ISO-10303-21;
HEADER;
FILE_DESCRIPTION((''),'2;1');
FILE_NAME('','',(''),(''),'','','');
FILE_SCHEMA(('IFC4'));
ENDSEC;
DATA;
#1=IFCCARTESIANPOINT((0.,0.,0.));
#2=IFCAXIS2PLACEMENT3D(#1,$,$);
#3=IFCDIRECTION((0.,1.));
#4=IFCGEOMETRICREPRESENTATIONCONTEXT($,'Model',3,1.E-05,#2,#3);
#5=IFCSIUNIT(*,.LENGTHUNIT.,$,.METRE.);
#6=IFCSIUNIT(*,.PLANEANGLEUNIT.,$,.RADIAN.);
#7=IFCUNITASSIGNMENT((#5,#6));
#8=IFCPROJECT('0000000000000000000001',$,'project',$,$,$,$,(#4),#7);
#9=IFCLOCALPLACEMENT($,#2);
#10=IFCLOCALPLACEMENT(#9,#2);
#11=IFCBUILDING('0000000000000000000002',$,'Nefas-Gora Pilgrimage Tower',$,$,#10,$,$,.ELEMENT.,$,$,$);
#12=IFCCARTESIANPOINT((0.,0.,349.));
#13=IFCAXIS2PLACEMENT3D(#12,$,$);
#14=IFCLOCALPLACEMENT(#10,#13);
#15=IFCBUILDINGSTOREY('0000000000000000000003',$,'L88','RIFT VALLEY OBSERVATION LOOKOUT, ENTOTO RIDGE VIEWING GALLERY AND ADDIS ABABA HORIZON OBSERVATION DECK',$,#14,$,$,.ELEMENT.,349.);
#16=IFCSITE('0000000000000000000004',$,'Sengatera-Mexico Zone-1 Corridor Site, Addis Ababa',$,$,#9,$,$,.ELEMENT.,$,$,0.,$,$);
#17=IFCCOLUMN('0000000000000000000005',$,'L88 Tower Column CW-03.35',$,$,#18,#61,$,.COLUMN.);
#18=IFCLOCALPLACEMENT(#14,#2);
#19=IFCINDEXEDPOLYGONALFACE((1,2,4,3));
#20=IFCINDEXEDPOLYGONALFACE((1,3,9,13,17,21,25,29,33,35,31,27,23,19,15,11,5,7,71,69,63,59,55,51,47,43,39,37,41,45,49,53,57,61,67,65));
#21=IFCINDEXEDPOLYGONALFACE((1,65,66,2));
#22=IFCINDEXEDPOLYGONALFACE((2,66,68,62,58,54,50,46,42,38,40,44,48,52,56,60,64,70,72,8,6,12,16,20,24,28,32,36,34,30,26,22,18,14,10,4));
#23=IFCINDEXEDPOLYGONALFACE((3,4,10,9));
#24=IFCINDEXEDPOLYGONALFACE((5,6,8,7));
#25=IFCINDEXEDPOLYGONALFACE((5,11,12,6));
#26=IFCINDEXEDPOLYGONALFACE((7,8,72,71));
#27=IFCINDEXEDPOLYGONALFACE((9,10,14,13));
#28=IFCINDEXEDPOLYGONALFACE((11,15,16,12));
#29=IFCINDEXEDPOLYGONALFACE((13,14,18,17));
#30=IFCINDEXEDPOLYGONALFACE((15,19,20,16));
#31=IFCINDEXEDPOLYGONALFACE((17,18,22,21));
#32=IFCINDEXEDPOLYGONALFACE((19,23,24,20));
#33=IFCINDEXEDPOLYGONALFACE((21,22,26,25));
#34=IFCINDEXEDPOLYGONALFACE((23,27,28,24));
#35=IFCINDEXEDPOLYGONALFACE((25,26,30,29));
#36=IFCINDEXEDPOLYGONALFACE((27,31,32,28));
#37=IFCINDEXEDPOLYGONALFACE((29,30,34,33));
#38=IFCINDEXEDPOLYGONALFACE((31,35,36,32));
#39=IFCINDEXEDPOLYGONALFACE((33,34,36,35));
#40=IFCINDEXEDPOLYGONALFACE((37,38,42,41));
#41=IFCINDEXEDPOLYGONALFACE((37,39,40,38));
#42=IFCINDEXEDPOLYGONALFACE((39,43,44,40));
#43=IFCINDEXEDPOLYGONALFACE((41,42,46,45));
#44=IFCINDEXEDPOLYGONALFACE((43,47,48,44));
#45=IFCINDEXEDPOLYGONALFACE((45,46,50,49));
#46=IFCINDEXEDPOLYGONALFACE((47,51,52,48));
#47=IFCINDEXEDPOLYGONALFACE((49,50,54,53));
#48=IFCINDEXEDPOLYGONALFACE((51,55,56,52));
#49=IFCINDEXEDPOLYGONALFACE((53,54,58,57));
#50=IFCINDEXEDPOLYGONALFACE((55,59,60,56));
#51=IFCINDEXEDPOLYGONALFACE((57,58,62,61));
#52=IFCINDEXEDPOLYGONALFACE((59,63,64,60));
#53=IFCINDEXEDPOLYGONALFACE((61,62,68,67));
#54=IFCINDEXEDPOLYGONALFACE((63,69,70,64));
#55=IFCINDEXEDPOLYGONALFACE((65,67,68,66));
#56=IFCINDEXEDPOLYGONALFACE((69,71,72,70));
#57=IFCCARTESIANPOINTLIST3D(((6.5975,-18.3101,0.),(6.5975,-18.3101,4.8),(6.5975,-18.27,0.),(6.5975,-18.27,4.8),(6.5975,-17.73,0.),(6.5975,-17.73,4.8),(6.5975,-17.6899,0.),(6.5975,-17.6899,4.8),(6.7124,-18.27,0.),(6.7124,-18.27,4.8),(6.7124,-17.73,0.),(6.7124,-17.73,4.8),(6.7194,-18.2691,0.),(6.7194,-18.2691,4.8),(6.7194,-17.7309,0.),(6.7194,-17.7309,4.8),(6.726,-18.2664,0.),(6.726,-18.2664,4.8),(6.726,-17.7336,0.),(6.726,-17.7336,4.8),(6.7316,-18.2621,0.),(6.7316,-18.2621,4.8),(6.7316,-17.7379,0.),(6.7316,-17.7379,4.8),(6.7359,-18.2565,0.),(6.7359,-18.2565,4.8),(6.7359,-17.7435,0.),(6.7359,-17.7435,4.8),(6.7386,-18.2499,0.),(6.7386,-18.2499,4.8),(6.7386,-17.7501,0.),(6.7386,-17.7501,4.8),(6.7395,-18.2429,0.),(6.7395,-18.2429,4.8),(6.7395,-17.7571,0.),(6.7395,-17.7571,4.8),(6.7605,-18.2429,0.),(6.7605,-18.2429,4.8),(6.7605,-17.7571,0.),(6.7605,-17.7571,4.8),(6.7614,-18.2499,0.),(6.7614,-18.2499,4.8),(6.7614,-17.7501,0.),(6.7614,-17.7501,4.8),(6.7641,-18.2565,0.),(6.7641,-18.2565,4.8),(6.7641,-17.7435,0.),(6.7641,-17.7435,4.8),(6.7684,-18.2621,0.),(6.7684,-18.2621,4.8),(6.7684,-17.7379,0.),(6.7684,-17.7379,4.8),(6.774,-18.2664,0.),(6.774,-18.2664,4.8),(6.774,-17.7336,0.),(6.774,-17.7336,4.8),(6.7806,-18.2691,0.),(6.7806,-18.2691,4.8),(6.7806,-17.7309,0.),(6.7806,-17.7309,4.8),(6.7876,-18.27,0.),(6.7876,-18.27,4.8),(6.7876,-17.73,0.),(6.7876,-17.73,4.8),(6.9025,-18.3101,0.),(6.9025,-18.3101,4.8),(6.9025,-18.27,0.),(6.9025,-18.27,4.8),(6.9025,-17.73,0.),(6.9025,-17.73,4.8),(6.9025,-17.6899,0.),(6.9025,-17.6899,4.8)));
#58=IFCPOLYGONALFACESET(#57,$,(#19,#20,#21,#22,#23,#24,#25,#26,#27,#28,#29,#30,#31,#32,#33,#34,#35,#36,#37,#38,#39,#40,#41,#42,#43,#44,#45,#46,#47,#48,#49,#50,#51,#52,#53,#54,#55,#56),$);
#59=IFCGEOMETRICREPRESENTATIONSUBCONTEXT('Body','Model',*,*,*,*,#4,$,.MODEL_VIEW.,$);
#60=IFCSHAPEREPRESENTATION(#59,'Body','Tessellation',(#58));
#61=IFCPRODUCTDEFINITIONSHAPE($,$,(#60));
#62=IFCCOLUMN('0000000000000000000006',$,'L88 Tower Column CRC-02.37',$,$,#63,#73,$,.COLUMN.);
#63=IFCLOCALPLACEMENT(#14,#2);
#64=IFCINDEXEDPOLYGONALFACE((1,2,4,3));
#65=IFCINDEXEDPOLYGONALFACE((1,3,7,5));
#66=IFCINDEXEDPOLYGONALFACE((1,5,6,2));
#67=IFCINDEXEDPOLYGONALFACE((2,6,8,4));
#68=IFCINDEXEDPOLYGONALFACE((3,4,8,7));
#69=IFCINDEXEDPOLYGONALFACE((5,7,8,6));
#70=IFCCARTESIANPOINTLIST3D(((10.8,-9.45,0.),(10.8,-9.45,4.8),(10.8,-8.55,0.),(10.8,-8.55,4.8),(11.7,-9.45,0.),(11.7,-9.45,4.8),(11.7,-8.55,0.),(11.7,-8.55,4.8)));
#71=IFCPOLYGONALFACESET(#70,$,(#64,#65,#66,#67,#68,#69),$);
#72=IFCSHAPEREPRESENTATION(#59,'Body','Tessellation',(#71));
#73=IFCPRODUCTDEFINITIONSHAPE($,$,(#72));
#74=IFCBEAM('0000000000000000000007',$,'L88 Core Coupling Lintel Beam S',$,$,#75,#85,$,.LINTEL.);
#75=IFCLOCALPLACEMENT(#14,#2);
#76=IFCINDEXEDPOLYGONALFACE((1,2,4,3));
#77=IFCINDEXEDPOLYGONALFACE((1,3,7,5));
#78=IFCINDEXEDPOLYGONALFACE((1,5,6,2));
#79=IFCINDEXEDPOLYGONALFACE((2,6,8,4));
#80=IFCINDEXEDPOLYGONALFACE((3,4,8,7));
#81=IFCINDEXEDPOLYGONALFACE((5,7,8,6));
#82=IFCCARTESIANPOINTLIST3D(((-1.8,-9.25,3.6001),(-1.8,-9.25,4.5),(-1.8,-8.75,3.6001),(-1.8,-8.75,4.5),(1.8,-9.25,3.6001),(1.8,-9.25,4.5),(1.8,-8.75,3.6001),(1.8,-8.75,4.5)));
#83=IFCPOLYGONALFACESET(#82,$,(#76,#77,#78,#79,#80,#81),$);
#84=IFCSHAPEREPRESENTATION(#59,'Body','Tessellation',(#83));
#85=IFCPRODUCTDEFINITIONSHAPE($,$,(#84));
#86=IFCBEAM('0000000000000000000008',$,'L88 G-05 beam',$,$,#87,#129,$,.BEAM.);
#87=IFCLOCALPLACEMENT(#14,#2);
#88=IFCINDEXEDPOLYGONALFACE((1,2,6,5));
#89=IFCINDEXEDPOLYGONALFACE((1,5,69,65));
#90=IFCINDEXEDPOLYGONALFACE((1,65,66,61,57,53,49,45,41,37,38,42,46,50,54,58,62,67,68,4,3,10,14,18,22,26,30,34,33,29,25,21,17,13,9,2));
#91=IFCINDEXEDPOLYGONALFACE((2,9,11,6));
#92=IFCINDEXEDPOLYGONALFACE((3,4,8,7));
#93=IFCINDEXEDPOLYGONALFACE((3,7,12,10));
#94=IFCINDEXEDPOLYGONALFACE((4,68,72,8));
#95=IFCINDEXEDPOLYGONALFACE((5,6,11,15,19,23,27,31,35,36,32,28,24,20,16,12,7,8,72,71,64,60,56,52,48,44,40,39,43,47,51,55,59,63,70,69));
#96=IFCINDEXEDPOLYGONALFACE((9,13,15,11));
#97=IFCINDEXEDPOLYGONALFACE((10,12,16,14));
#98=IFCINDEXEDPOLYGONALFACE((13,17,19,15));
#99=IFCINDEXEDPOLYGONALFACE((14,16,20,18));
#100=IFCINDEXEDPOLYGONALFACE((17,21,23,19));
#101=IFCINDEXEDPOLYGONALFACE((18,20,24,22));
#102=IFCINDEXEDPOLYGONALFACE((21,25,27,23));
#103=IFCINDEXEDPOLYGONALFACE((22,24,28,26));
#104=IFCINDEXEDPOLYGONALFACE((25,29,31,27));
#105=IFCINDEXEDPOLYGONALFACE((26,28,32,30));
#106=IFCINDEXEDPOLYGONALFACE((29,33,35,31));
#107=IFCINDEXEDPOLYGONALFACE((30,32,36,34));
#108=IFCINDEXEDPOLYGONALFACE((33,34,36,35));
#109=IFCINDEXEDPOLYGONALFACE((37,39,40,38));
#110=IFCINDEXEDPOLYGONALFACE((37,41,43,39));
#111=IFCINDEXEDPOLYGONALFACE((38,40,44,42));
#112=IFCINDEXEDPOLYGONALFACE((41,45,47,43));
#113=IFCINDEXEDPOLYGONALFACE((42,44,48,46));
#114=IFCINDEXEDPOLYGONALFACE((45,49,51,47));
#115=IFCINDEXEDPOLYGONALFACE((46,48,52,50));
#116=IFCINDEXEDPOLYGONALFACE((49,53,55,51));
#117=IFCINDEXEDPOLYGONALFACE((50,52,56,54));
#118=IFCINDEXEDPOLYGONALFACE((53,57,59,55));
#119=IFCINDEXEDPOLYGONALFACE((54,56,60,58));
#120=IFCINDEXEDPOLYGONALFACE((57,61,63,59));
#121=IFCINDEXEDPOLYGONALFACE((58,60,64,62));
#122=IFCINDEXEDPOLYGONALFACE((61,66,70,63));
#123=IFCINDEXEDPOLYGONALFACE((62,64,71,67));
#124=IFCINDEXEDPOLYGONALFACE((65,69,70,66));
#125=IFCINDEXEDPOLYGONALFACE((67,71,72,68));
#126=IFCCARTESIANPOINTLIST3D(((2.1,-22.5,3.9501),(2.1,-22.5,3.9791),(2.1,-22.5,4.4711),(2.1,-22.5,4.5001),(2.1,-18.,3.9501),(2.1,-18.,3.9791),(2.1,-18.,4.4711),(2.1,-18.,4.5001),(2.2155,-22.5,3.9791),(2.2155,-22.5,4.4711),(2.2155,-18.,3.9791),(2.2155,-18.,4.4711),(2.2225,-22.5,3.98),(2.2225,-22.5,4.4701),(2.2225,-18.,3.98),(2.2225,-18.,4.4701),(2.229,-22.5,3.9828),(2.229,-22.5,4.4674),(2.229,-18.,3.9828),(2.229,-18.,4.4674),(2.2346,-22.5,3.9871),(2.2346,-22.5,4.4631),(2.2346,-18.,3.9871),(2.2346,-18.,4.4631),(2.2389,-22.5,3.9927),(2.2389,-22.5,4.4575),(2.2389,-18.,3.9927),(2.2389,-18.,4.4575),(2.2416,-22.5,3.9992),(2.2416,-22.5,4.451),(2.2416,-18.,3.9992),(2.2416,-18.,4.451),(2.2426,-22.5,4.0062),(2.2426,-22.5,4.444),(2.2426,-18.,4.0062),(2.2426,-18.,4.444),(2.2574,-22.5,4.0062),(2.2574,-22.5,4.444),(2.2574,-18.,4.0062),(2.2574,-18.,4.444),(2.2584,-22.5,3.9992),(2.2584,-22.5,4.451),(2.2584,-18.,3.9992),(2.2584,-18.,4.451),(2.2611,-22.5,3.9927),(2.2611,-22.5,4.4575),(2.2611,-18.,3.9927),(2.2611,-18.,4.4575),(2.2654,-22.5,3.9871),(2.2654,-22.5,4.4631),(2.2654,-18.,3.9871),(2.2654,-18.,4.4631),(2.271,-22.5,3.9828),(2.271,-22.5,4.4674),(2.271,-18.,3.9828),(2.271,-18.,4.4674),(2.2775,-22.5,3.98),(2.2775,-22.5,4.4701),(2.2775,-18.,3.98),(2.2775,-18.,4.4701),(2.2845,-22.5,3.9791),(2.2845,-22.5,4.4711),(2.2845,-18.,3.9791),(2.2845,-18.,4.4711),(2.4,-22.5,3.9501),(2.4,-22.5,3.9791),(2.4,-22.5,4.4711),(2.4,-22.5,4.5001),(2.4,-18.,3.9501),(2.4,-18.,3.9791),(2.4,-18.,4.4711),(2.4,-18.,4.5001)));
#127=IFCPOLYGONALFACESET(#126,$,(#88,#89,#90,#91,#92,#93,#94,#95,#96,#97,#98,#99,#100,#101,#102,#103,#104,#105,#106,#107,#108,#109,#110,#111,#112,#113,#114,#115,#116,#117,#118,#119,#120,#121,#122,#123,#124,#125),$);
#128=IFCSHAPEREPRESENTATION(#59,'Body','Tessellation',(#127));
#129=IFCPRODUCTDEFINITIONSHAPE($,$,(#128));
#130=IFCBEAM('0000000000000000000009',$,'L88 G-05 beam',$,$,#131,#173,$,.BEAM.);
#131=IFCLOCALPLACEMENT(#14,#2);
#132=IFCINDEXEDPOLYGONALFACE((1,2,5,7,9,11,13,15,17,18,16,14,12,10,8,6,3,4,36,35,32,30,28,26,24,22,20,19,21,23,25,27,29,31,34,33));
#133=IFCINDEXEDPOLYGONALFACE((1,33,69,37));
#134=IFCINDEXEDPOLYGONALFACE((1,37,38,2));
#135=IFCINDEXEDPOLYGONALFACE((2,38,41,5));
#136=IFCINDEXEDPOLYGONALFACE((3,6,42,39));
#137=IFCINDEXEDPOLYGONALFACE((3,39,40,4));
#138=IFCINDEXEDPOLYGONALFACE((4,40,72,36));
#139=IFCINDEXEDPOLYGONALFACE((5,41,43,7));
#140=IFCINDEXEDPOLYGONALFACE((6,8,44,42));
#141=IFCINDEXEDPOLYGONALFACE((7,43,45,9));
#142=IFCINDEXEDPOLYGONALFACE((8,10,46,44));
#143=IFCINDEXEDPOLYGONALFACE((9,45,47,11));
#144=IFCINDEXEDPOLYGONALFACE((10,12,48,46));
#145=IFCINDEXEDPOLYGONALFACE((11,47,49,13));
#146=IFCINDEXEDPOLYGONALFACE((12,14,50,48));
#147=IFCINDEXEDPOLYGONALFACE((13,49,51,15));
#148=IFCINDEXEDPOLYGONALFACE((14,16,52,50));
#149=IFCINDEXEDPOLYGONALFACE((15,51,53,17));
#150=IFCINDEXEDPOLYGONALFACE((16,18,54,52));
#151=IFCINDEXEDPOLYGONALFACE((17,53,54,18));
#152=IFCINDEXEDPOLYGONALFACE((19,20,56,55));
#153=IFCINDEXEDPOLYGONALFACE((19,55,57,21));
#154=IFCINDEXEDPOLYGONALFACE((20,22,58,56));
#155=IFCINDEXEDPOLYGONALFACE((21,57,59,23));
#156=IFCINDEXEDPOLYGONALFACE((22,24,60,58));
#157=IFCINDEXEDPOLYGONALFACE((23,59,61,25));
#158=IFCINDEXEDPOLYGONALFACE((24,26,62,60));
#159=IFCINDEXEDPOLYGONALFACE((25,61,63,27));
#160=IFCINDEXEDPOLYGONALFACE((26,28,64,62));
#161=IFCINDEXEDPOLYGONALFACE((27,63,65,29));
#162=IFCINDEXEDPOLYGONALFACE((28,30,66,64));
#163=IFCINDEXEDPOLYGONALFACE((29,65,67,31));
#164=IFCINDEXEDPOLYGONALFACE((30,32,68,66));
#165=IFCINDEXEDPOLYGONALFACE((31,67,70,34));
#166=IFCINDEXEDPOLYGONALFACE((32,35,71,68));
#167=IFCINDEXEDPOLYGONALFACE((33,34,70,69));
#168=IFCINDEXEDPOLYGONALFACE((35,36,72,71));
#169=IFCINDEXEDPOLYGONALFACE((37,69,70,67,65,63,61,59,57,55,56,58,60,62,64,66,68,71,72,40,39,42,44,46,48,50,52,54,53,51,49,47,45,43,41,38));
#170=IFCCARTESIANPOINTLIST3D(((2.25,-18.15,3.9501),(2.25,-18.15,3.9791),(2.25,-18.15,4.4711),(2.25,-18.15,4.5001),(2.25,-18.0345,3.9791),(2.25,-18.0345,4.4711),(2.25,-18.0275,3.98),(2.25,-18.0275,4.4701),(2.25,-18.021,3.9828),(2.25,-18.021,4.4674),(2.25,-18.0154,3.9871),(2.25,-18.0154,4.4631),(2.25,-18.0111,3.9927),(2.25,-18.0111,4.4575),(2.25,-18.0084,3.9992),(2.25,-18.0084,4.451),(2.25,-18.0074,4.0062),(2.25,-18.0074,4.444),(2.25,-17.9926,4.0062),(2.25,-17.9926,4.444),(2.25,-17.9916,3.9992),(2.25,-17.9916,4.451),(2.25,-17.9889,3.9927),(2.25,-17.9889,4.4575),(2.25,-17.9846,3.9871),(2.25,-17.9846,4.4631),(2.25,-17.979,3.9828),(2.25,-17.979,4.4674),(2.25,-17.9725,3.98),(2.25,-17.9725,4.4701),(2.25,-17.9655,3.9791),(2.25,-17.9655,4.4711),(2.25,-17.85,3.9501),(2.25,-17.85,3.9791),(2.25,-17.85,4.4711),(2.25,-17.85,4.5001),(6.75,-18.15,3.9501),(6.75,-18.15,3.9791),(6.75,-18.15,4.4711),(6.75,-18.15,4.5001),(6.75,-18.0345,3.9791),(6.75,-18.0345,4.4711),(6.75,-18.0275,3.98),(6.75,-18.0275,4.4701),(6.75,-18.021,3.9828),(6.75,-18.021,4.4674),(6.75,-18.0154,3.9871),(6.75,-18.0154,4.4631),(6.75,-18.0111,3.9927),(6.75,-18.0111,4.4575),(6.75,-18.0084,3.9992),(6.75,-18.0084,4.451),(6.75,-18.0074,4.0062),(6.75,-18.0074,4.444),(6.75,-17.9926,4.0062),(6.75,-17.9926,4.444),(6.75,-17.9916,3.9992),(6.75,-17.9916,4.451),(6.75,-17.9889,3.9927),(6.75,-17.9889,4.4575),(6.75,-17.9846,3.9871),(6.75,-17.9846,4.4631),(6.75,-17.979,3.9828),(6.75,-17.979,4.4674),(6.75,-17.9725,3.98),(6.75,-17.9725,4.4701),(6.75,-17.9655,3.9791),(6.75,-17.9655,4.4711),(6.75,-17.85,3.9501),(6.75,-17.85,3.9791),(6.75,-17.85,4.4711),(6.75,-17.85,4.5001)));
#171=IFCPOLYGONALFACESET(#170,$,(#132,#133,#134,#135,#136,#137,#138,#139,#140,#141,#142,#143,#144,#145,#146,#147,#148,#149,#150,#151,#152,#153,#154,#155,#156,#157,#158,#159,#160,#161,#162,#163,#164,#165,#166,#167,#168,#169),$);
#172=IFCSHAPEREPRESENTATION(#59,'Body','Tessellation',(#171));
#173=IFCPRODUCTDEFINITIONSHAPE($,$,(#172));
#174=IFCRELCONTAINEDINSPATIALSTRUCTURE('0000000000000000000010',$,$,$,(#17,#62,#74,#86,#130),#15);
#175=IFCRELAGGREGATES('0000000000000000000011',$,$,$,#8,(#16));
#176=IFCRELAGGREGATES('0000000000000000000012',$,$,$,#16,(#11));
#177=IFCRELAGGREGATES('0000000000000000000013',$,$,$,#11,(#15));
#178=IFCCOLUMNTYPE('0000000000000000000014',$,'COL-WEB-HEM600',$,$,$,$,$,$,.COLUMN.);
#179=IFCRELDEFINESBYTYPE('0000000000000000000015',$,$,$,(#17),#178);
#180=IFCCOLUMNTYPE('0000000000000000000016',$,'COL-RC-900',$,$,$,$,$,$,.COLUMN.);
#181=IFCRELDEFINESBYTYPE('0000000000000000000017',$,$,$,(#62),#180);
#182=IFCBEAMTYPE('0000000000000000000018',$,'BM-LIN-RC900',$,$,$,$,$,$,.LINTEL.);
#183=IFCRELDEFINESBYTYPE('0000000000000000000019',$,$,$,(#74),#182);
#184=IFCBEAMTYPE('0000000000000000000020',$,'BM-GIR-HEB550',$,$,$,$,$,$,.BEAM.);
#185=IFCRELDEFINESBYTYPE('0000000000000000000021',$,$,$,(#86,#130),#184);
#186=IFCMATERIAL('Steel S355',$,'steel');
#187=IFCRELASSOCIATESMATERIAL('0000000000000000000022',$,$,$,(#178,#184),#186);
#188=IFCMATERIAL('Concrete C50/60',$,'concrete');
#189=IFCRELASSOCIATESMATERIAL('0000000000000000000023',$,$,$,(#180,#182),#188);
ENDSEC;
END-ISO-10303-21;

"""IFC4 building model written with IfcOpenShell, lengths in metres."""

from ifc_helpers import new_model, si_unit, direction, frame, origin, origin_2d, place, context, subcontext, project, spatial, rectangle, i_section, extrude, source, transform, mapped, material, material_profile, profile_set, type_object, element, save


model = new_model("IFC4")

# Units and contexts
model_context = context("Model", 3, precision=1e-05, world=origin(), true_north=direction((0.0, 1.0)))
body_context = subcontext(model_context, "Body", "Model", "MODEL_VIEW")
ifc_project = project(units=[si_unit("LENGTHUNIT", "METRE"), si_unit("PLANEANGLEUNIT", "RADIAN")], contexts=[model_context])

# Site, building, storey
site_placement = place(None, origin())
site = spatial("IfcSite", under=ifc_project, at=site_placement, Name="Sengatera-Mexico Zone-1 Corridor Site, Addis Ababa", CompositionType="ELEMENT", RefElevation=0.0)
building_placement = place(site_placement, origin())
building = spatial("IfcBuilding", under=site, at=building_placement, Name="Nefas-Gora Pilgrimage Tower", CompositionType="ELEMENT")
storey_placement = place(building_placement, frame((0.0, 0.0, 349.0)))
storey = spatial("IfcBuildingStorey", under=building, at=storey_placement, Name="L88", Description="RIFT VALLEY OBSERVATION LOOKOUT, ENTOTO RIDGE VIEWING GALLERY AND ADDIS ABABA HORIZON OBSERVATION DECK", CompositionType="ELEMENT", Elevation=349.0)

# Columns
ifc_material_1 = material(Name="Steel S355", Category="steel")
ifc_material_profile_1 = material_profile(ifc_material_1, i_section(OverallWidth=0.3049, OverallDepth=0.6201, WebThickness=0.021, FlangeThickness=0.04, FilletRadius=0.0271, at=origin_2d()), Name="HEM 600")
ifc_profile_set_1 = profile_set([ifc_material_profile_1], Name="Steel S355")
column_type_1 = type_object("IfcColumnType", Name="COL-WEB-HEM600", PredefinedType="COLUMN", material=ifc_profile_set_1)
shared_shape_1 = source(origin(), body_context, "Body", "SweptSolid", [
    extrude(i_section(OverallWidth=0.3049, OverallDepth=0.6201, WebThickness=0.021, FlangeThickness=0.04, FilletRadius=0.0271, at=origin_2d()), origin(), (0.0, 0.0, 1.0), 4.8),
])
for number, where, z_axis, x_axis, name in (
    (1, (6.75, -18.0, 0.0), (0.0, 0.0, 1.0), (1.0, 0.0, 0.0), "L88 Tower Column CW-03.35"),
):
    element("IfcColumn", number, at=place(storey_placement, frame(where, z_axis=z_axis, x_axis=x_axis)), inside=storey, type_object=column_type_1, Name=name, PredefinedType="COLUMN", context=body_context, shape_type="MappedRepresentation", body=[
        mapped(shared_shape_1, transform((0.0, 0.0, 0.0), x_axis=(1.0, 0.0, 0.0), y_axis=(0.0, 1.0, 0.0), z_axis=(0.0, 0.0, 1.0), scale=1.0)),
    ])
ifc_material_2 = material(Name="Concrete C50/60", Category="concrete")
ifc_material_profile_2 = material_profile(ifc_material_2, rectangle(XDim=0.8999, YDim=0.8999, at=origin_2d()), Name="RC 900x900")
ifc_profile_set_2 = profile_set([ifc_material_profile_2], Name="Concrete C50/60")
column_type_2 = type_object("IfcColumnType", Name="COL-RC-900", PredefinedType="COLUMN", material=ifc_profile_set_2)
shared_shape_2 = source(origin(), body_context, "Body", "SweptSolid", [
    extrude(rectangle(XDim=0.8999, YDim=0.8999, at=origin_2d()), origin(), (0.0, 0.0, 1.0), 4.8),
])
column_1_placement = place(storey_placement, frame((11.25, -9.0, 0.0), z_axis=(0.0, 0.0, 1.0), x_axis=(1.0, 0.0, 0.0)))
element("IfcColumn", 2, at=column_1_placement, inside=storey, type_object=column_type_2, Name="L88 Tower Column CRC-02.37", PredefinedType="COLUMN", context=body_context, shape_type="MappedRepresentation", body=[
    mapped(shared_shape_2, transform((0.0, 0.0, 0.0), x_axis=(1.0, 0.0, 0.0), y_axis=(0.0, 1.0, 0.0), z_axis=(0.0, 0.0, 1.0), scale=1.0)),
])

# Beams
ifc_material_profile_3 = material_profile(ifc_material_2, rectangle(XDim=0.5, YDim=0.8999, at=origin_2d()), Name="RC 500x900")
ifc_profile_set_3 = profile_set([ifc_material_profile_3], Name="Concrete C50/60")
beam_type_1 = type_object("IfcBeamType", Name="BM-LIN-RC900", PredefinedType="LINTEL", material=ifc_profile_set_3)
shared_shape_3 = source(origin(), body_context, "Body", "SweptSolid", [
    extrude(rectangle(XDim=0.5, YDim=0.8999, at=origin_2d()), origin(), (0.0, 0.0, 1.0), 3.6001),
])
beam_placement = place(storey_placement, frame((-1.8, -9.0, 4.05), z_axis=(1.0, 0.0, 0.0), x_axis=(0.0, 1.0, 0.0)))
element("IfcBeam", 3, at=beam_placement, inside=storey, type_object=beam_type_1, Name="L88 Core Coupling Lintel Beam S", PredefinedType="LINTEL", context=body_context, shape_type="MappedRepresentation", body=[
    mapped(shared_shape_3, transform((0.0, 0.0, 0.0), x_axis=(1.0, 0.0, 0.0), y_axis=(0.0, 1.0, 0.0), z_axis=(0.0, 0.0, 1.0), scale=1.0)),
])
ifc_material_profile_4 = material_profile(ifc_material_1, i_section(OverallWidth=0.3, OverallDepth=0.55, WebThickness=0.0149, FlangeThickness=0.0291, FilletRadius=0.0271, at=origin_2d()), Name="HEB 550")
ifc_profile_set_4 = profile_set([ifc_material_profile_4], Name="Steel S355")
beam_type_2 = type_object("IfcBeamType", Name="BM-GIR-HEB550", PredefinedType="BEAM", material=ifc_profile_set_4)
shared_shape_4 = source(origin(), body_context, "Body", "SweptSolid", [
    extrude(i_section(OverallWidth=0.3, OverallDepth=0.55, WebThickness=0.0149, FlangeThickness=0.0291, FilletRadius=0.0271, at=origin_2d()), origin(), (0.0, 0.0, 1.0), 4.5),
])
for number, where, z_axis, x_axis, name in (
    (4, (2.25, -22.5, 4.2251), (0.0, 1.0, 0.0), (-1.0, 0.0, 0.0), "L88 G-05 beam"),
    (5, (2.25, -18.0, 4.2251), (1.0, 0.0, 0.0), (0.0, 1.0, 0.0), "L88 G-05 beam"),
):
    element("IfcBeam", number, at=place(storey_placement, frame(where, z_axis=z_axis, x_axis=x_axis)), inside=storey, type_object=beam_type_2, Name=name, PredefinedType="BEAM", context=body_context, shape_type="MappedRepresentation", body=[
        mapped(shared_shape_4, transform((0.0, 0.0, 0.0), x_axis=(1.0, 0.0, 0.0), y_axis=(0.0, 1.0, 0.0), z_axis=(0.0, 0.0, 1.0), scale=1.0)),
    ])

save(model, "model.ifc")
